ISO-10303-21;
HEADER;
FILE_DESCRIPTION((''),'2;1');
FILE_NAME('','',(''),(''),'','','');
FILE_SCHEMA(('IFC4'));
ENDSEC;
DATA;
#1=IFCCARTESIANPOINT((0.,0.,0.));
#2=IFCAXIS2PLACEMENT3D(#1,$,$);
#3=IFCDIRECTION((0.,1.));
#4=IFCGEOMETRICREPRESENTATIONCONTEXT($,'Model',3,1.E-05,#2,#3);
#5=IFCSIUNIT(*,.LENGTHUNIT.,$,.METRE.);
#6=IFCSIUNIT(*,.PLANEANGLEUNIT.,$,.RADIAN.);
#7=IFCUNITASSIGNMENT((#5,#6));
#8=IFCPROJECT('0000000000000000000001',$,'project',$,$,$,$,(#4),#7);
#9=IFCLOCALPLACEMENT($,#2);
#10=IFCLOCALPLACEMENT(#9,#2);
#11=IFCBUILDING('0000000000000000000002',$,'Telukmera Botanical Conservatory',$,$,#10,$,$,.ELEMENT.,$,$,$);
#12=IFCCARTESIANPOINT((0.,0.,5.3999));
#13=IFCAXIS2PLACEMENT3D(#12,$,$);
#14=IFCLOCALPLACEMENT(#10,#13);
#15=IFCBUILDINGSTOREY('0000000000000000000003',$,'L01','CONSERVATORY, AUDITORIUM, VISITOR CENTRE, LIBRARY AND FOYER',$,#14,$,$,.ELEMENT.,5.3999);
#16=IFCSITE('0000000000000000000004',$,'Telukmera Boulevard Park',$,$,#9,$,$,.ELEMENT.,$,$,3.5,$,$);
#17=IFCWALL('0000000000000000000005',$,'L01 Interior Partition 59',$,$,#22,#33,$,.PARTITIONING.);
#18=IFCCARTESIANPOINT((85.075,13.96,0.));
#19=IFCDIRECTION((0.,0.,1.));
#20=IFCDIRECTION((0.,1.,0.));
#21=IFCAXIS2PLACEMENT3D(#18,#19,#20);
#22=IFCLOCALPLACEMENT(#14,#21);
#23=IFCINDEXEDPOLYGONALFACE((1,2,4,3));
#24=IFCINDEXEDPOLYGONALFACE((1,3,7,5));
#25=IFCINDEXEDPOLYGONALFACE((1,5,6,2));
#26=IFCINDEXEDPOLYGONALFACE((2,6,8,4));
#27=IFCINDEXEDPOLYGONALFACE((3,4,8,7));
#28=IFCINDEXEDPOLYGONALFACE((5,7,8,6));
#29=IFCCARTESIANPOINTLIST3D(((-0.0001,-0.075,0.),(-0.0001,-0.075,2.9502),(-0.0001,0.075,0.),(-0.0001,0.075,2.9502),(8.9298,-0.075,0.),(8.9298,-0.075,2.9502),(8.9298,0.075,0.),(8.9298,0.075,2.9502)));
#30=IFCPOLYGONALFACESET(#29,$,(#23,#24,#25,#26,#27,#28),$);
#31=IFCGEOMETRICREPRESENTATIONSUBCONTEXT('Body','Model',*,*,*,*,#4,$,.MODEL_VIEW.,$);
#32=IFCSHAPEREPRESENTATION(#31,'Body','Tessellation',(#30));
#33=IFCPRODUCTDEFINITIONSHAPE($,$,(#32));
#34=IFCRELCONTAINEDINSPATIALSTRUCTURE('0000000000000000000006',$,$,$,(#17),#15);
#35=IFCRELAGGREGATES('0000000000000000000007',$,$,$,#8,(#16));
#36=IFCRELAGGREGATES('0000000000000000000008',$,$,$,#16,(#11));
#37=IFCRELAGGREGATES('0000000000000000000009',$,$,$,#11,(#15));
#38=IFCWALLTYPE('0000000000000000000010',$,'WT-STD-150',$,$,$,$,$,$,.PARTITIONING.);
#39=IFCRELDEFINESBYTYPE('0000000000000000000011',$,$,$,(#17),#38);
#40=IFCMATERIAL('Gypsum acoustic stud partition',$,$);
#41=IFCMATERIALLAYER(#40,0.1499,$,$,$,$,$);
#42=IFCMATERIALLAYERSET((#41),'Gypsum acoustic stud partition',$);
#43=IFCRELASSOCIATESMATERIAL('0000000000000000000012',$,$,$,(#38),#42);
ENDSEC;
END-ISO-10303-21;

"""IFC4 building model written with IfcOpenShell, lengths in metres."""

from ifc_helpers import new_model, si_unit, direction, frame, frame_2d, origin, place, context, subcontext, project, spatial, rectangle, extrude, material, layer, layer_set, type_object, element, save


model = new_model("IFC4")

# Units and contexts
model_context = context("Model", 3, precision=1e-05, world=origin(), true_north=direction((0.0, 1.0)))
body_context = subcontext(model_context, "Body", "Model", "MODEL_VIEW")
ifc_project = project(units=[si_unit("LENGTHUNIT", "METRE"), si_unit("PLANEANGLEUNIT", "RADIAN")], contexts=[model_context])

# Site, building, storey
site_placement = place(None, origin())
site = spatial("IfcSite", under=ifc_project, at=site_placement, Name="Telukmera Boulevard Park", CompositionType="ELEMENT", RefElevation=3.5)
building_placement = place(site_placement, origin())
building = spatial("IfcBuilding", under=site, at=building_placement, Name="Telukmera Botanical Conservatory", CompositionType="ELEMENT")
storey_placement = place(building_placement, frame((0.0, 0.0, 5.3999)))
storey = spatial("IfcBuildingStorey", under=building, at=storey_placement, Name="L01", Description="CONSERVATORY, AUDITORIUM, VISITOR CENTRE, LIBRARY AND FOYER", CompositionType="ELEMENT", Elevation=5.3999)

# Shared definitions
ifc_material_1 = material(Name="Gypsum acoustic stud partition")
ifc_layer_1 = layer(ifc_material_1, 0.1499)
ifc_layer_set_1 = layer_set([ifc_layer_1], Name="Gypsum acoustic stud partition")
wall_type = type_object("IfcWallType", Name="WT-STD-150", PredefinedType="PARTITIONING", material=ifc_layer_set_1)

# Wall
wall_1_placement = place(storey_placement, frame((85.075, 13.96, 0.0), z_axis=(0.0, 0.0, 1.0), x_axis=(0.0, 1.0, 0.0)))
element("IfcWall", 1, at=wall_1_placement, inside=storey, type_object=wall_type, Name="L01 Interior Partition 59", PredefinedType="PARTITIONING", context=body_context, shape_type="SweptSolid", body=[
    extrude(rectangle(XDim=8.9299, YDim=0.1499, at=frame_2d((4.4648, 0.0))), origin(), (0.0, 0.0, 1.0), 2.9502),
])

save(model, "model.ifc")
